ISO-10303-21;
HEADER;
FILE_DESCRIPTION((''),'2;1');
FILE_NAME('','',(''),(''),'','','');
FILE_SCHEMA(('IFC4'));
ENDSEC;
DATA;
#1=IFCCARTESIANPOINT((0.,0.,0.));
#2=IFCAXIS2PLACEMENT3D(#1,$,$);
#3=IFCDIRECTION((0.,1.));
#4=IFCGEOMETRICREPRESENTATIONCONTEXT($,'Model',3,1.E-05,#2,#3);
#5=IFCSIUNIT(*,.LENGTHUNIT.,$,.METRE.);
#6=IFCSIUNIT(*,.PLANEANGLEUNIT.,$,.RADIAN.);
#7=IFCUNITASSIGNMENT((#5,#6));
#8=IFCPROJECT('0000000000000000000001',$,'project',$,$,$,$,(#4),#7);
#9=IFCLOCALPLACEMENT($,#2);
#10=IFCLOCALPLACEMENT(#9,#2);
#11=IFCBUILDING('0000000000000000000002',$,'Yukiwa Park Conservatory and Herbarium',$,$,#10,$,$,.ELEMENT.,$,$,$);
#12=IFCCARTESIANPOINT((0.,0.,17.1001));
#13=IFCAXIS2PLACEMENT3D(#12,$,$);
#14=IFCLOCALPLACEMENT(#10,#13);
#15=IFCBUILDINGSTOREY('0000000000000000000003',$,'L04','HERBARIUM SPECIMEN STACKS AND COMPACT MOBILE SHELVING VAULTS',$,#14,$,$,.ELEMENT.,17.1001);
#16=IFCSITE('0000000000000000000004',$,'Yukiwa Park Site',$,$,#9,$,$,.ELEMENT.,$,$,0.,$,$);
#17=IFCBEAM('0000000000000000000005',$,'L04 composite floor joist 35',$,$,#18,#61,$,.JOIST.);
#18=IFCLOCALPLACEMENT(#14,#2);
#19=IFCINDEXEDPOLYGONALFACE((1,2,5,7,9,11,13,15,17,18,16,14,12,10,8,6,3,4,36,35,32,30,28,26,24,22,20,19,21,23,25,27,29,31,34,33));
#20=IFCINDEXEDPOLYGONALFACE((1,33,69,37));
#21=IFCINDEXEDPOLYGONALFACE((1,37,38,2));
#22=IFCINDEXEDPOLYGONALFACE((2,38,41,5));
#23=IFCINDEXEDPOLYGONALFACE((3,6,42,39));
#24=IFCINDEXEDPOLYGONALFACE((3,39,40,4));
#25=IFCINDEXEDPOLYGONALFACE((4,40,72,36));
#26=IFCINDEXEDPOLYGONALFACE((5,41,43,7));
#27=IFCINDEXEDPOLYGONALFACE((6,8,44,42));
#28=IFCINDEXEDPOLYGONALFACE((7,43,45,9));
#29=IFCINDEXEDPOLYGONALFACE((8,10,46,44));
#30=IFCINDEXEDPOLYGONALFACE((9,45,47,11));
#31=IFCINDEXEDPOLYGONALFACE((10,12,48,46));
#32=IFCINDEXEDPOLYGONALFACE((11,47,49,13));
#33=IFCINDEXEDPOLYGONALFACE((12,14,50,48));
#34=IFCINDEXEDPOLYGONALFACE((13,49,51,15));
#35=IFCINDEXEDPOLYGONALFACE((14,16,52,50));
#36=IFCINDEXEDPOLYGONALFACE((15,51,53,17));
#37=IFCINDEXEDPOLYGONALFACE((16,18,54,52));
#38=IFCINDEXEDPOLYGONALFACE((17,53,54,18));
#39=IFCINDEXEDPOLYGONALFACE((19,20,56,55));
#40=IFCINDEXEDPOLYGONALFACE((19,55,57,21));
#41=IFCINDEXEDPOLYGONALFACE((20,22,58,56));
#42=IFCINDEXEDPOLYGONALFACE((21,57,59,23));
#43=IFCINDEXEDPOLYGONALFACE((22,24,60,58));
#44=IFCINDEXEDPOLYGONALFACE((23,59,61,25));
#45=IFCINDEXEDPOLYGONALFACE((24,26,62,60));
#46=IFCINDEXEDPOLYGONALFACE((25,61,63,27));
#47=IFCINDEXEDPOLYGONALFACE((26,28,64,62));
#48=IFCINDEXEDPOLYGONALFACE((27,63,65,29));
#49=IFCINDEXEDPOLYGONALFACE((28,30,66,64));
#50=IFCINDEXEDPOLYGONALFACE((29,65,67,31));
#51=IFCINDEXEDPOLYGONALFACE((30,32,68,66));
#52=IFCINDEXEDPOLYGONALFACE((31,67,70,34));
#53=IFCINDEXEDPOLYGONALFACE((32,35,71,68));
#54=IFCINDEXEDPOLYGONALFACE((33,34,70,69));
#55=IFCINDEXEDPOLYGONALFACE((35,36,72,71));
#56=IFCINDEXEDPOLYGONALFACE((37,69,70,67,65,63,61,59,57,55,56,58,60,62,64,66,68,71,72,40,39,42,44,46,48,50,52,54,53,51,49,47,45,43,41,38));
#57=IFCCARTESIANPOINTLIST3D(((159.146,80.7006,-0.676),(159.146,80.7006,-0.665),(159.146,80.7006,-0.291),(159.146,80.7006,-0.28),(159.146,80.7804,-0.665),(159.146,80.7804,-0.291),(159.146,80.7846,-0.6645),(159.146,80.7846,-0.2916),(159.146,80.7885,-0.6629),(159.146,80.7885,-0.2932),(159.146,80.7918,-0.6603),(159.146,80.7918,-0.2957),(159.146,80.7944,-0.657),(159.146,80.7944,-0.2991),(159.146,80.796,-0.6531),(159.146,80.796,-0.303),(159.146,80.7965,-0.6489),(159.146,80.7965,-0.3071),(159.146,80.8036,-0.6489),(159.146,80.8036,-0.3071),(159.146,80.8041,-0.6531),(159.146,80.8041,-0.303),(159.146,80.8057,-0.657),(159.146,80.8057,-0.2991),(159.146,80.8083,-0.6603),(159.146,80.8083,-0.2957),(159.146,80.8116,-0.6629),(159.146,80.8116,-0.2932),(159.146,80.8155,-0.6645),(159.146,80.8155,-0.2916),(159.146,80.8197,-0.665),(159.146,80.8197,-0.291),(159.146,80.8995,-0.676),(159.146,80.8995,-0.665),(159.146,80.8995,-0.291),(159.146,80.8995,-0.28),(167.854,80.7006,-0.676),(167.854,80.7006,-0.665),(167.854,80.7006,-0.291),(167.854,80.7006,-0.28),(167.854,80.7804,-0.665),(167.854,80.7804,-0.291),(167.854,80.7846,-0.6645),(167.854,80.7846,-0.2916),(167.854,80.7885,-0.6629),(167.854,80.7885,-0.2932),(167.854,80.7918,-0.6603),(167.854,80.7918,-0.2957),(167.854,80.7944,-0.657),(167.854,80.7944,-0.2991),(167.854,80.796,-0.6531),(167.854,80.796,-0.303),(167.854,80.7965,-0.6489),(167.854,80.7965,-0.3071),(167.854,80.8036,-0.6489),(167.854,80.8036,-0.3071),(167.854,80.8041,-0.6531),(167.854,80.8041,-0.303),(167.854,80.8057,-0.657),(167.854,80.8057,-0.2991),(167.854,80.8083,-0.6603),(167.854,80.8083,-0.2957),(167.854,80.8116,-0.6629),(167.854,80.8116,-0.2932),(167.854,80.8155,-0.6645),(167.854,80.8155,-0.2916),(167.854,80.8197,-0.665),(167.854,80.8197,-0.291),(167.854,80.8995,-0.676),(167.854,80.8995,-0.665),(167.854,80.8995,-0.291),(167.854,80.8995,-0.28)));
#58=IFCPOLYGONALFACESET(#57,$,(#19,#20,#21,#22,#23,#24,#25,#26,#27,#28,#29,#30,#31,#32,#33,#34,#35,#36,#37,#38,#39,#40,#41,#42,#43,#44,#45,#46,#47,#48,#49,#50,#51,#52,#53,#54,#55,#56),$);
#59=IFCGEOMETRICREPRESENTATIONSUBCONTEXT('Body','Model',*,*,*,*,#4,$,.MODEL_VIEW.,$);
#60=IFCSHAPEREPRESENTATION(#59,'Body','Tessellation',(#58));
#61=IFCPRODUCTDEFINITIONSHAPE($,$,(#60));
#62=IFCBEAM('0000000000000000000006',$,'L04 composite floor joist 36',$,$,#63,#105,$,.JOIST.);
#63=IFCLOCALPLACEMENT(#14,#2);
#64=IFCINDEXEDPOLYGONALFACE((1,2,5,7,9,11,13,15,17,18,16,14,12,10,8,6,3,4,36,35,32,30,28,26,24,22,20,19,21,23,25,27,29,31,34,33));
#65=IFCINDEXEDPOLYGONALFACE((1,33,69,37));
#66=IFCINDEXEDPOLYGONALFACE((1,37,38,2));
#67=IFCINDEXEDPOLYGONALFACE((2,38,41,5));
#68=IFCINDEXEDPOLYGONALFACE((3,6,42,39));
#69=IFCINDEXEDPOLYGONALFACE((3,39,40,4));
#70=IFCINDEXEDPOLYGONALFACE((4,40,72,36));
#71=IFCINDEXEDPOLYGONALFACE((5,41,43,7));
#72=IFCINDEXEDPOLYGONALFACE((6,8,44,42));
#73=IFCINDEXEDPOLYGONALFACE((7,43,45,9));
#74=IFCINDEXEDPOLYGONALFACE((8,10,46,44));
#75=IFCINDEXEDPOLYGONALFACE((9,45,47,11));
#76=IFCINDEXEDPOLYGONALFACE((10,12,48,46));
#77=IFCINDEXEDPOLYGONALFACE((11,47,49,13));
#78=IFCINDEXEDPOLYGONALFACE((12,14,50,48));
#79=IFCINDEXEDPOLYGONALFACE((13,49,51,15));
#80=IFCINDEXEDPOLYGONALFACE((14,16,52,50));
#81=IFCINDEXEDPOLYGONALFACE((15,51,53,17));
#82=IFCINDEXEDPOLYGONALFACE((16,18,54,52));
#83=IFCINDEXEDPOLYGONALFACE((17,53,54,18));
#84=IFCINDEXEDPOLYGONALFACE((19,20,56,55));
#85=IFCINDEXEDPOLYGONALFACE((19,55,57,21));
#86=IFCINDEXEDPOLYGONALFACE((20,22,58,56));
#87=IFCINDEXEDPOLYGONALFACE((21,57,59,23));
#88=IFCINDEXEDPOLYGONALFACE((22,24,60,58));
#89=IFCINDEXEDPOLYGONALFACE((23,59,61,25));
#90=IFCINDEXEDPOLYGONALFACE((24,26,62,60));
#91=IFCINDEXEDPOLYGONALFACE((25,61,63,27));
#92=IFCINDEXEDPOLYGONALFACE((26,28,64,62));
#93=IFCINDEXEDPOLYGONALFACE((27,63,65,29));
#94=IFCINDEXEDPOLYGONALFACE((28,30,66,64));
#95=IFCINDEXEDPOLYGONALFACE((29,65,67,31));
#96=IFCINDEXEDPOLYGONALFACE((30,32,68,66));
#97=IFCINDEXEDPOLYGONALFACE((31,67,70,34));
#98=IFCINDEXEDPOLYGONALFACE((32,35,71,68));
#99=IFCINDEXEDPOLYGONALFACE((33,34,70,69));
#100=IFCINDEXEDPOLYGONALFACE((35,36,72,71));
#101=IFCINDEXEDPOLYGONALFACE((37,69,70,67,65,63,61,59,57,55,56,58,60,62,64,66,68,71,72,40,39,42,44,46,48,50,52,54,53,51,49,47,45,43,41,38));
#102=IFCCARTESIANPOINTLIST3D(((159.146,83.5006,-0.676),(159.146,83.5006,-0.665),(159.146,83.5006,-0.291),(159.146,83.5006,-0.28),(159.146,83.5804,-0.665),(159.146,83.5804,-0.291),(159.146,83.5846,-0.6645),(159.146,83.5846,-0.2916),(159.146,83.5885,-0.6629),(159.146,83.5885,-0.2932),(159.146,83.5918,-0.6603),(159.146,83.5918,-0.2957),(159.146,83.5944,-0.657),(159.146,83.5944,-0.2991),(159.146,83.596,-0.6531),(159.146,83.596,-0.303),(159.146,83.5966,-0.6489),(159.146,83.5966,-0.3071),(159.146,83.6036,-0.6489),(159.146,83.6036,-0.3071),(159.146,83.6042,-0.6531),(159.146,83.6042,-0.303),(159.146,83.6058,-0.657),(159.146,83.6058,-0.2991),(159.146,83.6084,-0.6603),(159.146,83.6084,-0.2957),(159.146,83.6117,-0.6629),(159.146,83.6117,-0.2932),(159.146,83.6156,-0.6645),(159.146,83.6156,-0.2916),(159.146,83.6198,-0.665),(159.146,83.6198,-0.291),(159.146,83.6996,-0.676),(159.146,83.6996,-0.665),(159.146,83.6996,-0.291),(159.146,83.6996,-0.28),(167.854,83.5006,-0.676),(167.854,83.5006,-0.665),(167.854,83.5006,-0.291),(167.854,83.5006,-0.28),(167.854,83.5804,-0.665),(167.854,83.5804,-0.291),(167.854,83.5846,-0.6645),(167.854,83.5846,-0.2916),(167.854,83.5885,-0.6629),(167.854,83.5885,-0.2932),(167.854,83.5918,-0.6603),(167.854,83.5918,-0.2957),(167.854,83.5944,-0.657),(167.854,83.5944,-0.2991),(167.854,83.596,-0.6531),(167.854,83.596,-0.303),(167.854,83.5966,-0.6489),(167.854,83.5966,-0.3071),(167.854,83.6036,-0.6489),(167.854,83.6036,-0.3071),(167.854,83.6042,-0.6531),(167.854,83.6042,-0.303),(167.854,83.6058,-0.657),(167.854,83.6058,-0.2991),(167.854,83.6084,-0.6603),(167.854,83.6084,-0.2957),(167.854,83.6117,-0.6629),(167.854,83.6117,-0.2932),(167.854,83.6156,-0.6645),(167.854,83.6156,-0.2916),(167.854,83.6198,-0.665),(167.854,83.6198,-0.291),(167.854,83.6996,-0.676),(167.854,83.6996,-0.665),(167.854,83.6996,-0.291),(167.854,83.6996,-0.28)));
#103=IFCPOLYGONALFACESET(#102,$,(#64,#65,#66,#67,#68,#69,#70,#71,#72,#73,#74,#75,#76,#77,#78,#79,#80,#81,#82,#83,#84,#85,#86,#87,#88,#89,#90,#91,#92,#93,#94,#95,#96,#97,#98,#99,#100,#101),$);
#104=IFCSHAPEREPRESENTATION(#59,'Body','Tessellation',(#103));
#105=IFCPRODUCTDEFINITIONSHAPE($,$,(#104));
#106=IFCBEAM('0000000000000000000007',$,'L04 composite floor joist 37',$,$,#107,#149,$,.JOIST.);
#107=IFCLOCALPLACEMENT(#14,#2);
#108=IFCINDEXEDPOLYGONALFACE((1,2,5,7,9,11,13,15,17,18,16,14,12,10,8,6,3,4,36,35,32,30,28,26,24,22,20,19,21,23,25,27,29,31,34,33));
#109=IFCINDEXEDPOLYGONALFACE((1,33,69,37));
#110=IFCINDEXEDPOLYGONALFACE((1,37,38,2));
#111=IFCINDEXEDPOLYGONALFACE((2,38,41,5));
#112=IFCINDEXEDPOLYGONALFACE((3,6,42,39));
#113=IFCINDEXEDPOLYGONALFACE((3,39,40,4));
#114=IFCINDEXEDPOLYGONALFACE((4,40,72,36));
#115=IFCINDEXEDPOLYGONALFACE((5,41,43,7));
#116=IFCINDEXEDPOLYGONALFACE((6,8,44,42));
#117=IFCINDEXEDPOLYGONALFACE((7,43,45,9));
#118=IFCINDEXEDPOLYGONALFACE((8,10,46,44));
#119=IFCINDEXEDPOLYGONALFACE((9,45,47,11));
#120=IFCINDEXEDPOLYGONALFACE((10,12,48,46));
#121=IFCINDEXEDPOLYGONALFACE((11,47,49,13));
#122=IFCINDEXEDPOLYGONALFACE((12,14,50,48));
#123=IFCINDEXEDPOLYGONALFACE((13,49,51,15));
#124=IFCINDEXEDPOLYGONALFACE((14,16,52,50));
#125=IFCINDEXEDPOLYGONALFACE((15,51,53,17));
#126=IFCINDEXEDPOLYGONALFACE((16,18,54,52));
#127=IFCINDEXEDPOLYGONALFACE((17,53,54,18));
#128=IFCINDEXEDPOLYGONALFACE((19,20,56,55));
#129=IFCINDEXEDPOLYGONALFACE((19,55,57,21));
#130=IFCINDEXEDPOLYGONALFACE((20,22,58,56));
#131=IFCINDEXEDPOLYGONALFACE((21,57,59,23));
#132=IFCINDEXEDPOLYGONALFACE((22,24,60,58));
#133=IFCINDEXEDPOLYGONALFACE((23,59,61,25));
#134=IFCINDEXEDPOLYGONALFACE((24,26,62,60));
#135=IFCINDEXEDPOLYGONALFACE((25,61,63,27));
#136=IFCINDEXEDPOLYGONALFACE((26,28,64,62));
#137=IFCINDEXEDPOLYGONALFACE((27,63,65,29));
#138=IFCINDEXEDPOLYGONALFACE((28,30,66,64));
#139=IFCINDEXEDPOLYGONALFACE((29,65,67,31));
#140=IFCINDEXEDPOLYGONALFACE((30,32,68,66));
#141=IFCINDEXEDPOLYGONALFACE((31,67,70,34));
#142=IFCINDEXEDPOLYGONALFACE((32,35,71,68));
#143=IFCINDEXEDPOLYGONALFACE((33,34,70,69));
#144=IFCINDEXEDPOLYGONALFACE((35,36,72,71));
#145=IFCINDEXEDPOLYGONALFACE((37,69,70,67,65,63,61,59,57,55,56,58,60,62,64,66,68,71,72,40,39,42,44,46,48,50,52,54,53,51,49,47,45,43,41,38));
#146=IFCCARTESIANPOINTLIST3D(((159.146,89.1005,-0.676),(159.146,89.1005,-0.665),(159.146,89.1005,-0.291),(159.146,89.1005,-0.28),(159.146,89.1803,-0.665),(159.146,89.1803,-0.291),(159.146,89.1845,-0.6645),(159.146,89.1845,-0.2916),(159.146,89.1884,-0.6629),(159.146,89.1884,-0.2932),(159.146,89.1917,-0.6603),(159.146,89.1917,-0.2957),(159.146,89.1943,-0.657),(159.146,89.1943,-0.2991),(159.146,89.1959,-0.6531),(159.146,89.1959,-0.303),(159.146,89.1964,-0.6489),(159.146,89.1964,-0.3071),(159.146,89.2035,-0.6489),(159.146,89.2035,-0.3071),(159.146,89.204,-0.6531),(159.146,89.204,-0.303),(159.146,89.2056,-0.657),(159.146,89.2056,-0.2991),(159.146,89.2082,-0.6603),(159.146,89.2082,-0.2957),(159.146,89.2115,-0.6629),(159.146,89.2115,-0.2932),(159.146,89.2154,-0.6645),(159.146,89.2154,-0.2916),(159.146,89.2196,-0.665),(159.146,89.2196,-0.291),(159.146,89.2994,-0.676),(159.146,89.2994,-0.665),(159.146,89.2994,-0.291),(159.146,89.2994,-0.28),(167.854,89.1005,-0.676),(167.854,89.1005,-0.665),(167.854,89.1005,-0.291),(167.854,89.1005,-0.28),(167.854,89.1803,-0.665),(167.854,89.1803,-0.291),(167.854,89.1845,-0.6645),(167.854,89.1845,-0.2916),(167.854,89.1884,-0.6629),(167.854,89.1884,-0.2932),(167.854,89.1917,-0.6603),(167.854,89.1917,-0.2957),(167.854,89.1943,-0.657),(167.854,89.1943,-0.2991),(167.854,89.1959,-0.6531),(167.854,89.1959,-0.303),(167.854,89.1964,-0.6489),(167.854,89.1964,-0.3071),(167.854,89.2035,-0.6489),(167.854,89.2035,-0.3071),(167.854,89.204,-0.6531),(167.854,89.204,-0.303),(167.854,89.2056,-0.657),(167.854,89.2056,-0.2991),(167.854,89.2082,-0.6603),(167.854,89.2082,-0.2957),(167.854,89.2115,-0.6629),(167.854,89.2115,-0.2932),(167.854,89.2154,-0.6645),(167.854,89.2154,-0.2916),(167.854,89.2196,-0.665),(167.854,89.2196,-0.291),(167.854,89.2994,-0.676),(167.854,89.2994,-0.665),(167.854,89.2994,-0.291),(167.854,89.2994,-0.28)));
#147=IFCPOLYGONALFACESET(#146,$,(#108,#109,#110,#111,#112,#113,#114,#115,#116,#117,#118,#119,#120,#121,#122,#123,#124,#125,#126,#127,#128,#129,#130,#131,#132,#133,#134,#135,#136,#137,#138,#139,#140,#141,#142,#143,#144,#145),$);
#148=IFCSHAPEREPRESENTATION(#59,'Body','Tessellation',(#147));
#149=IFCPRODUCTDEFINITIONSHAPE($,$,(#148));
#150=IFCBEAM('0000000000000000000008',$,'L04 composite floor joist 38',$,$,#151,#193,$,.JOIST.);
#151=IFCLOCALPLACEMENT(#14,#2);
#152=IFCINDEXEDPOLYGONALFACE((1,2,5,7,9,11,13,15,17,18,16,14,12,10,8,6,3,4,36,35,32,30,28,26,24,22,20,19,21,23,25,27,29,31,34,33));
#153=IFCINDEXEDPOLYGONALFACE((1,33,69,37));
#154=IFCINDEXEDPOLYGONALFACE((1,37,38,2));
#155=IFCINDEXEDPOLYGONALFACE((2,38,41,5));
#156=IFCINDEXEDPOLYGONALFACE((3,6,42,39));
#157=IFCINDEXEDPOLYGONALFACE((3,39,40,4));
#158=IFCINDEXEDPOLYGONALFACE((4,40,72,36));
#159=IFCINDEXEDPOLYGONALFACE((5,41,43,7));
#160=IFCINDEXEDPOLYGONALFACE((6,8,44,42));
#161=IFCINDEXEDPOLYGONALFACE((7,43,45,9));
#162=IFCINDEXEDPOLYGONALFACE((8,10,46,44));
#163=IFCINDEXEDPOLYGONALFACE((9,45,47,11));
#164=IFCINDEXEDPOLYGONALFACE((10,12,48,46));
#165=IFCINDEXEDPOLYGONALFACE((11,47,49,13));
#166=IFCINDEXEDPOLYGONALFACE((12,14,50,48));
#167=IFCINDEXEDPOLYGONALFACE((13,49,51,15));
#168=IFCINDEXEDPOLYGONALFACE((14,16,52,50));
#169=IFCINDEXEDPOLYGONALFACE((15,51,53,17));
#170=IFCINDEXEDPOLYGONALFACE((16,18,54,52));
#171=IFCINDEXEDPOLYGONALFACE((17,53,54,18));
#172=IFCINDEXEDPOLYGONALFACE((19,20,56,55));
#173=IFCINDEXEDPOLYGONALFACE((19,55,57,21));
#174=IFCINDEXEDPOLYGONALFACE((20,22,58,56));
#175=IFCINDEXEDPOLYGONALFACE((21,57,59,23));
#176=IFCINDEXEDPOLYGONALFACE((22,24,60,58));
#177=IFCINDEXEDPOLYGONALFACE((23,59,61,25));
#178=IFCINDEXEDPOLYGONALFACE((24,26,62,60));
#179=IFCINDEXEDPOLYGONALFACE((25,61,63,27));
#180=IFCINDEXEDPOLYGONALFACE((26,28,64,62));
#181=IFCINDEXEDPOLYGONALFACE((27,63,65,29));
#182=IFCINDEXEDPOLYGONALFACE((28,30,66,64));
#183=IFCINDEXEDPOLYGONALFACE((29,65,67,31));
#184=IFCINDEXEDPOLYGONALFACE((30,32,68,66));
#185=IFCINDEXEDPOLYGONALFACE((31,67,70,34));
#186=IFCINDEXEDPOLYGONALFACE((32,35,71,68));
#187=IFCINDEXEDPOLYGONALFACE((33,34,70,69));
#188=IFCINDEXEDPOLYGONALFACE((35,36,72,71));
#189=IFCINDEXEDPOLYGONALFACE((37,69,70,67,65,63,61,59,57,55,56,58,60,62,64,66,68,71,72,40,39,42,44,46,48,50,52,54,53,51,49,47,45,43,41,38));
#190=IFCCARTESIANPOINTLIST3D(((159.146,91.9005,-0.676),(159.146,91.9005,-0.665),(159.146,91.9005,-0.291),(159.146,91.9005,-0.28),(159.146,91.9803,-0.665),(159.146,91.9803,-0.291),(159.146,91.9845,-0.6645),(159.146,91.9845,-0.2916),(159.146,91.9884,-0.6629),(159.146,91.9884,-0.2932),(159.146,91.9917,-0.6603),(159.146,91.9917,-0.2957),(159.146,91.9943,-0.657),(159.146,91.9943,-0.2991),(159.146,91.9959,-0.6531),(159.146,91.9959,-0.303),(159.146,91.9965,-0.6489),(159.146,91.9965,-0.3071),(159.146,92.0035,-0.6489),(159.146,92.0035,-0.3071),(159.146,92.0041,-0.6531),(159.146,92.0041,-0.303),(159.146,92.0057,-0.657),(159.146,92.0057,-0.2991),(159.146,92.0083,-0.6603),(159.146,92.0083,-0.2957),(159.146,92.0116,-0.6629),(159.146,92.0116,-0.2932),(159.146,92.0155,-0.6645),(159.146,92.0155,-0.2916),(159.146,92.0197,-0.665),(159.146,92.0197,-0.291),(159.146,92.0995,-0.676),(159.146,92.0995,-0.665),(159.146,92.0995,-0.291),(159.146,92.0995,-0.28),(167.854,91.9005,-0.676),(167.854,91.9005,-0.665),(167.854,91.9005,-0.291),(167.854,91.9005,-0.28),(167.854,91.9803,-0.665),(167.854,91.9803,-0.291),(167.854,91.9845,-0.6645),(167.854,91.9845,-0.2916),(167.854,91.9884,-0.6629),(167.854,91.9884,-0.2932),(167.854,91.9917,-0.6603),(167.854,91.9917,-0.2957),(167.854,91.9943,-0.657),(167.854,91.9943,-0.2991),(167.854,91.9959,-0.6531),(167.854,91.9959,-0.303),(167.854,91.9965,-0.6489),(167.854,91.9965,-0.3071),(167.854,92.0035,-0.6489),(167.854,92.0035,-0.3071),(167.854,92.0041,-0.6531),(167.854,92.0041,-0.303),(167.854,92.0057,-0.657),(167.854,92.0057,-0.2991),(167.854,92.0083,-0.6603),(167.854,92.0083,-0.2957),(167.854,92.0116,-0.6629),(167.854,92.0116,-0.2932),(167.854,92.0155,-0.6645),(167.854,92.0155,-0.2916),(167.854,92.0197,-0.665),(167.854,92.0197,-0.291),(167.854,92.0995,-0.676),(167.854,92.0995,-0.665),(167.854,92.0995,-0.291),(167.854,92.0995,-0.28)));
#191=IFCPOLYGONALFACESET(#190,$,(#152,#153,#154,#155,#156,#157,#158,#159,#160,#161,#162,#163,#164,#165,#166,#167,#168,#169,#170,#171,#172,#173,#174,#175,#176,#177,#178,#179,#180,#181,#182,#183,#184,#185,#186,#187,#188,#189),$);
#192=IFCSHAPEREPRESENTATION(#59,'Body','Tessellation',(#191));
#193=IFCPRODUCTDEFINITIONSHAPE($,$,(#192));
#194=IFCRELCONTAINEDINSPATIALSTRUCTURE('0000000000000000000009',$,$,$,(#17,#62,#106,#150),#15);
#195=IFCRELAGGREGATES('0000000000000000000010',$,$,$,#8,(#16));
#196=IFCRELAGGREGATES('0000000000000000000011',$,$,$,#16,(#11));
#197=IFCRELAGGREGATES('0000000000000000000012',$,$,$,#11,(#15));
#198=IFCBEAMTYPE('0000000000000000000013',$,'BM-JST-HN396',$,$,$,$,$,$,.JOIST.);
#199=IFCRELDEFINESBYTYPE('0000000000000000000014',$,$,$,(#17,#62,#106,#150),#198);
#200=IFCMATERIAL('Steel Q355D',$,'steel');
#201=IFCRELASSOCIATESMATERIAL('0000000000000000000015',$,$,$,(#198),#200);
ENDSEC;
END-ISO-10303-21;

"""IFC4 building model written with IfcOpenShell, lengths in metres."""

from ifc_helpers import new_model, si_unit, direction, frame, origin, origin_2d, place, context, subcontext, project, spatial, i_section, extrude, material, material_profile, profile_set, type_object, element, save


model = new_model("IFC4")

# Units and contexts
model_context = context("Model", 3, precision=1e-05, world=origin(), true_north=direction((0.0, 1.0)))
body_context = subcontext(model_context, "Body", "Model", "MODEL_VIEW")
ifc_project = project(units=[si_unit("LENGTHUNIT", "METRE"), si_unit("PLANEANGLEUNIT", "RADIAN")], contexts=[model_context])

# Site, building, storey
site_placement = place(None, origin())
site = spatial("IfcSite", under=ifc_project, at=site_placement, Name="Yukiwa Park Site", CompositionType="ELEMENT", RefElevation=0.0)
building_placement = place(site_placement, origin())
building = spatial("IfcBuilding", under=site, at=building_placement, Name="Yukiwa Park Conservatory and Herbarium", CompositionType="ELEMENT")
storey_placement = place(building_placement, frame((0.0, 0.0, 17.1001)))
storey = spatial("IfcBuildingStorey", under=building, at=storey_placement, Name="L04", Description="HERBARIUM SPECIMEN STACKS AND COMPACT MOBILE SHELVING VAULTS", CompositionType="ELEMENT", Elevation=17.1001)

# Beams
ifc_material_1 = material(Name="Steel Q355D", Category="steel")
ifc_material_profile_1 = material_profile(ifc_material_1, i_section(OverallWidth=0.199, OverallDepth=0.396, WebThickness=0.0071, FlangeThickness=0.011, FilletRadius=0.0161, at=origin_2d()), Name="HN 396x199x7x11")
ifc_profile_set_1 = profile_set([ifc_material_profile_1], Name="Steel Q355D")
beam_type_1 = type_object("IfcBeamType", Name="BM-JST-HN396", PredefinedType="JOIST", material=ifc_profile_set_1)
for number, where, z_axis, x_axis, name in (
    (1, (159.146, 80.8, -0.478), (1.0, 0.0, 0.0), (0.0, 1.0, 0.0), "L04 composite floor joist 35"),
    (2, (159.146, 83.6001, -0.478), (1.0, 0.0, 0.0), (0.0, 1.0, 0.0), "L04 composite floor joist 36"),
    (3, (159.146, 89.2, -0.478), (1.0, 0.0, 0.0), (0.0, 1.0, 0.0), "L04 composite floor joist 37"),
    (4, (159.146, 92.0, -0.478), (1.0, 0.0, 0.0), (0.0, 1.0, 0.0), "L04 composite floor joist 38"),
):
    element("IfcBeam", number, at=place(storey_placement, frame(where, z_axis=z_axis, x_axis=x_axis)), inside=storey, type_object=beam_type_1, Name=name, PredefinedType="JOIST", context=body_context, shape_type="SweptSolid", body=[
        extrude(i_section(OverallWidth=0.199, OverallDepth=0.396, WebThickness=0.0071, FlangeThickness=0.011, FilletRadius=0.0161, at=origin_2d()), origin(), (0.0, 0.0, 1.0), 8.708),
    ])

save(model, "model.ifc")
